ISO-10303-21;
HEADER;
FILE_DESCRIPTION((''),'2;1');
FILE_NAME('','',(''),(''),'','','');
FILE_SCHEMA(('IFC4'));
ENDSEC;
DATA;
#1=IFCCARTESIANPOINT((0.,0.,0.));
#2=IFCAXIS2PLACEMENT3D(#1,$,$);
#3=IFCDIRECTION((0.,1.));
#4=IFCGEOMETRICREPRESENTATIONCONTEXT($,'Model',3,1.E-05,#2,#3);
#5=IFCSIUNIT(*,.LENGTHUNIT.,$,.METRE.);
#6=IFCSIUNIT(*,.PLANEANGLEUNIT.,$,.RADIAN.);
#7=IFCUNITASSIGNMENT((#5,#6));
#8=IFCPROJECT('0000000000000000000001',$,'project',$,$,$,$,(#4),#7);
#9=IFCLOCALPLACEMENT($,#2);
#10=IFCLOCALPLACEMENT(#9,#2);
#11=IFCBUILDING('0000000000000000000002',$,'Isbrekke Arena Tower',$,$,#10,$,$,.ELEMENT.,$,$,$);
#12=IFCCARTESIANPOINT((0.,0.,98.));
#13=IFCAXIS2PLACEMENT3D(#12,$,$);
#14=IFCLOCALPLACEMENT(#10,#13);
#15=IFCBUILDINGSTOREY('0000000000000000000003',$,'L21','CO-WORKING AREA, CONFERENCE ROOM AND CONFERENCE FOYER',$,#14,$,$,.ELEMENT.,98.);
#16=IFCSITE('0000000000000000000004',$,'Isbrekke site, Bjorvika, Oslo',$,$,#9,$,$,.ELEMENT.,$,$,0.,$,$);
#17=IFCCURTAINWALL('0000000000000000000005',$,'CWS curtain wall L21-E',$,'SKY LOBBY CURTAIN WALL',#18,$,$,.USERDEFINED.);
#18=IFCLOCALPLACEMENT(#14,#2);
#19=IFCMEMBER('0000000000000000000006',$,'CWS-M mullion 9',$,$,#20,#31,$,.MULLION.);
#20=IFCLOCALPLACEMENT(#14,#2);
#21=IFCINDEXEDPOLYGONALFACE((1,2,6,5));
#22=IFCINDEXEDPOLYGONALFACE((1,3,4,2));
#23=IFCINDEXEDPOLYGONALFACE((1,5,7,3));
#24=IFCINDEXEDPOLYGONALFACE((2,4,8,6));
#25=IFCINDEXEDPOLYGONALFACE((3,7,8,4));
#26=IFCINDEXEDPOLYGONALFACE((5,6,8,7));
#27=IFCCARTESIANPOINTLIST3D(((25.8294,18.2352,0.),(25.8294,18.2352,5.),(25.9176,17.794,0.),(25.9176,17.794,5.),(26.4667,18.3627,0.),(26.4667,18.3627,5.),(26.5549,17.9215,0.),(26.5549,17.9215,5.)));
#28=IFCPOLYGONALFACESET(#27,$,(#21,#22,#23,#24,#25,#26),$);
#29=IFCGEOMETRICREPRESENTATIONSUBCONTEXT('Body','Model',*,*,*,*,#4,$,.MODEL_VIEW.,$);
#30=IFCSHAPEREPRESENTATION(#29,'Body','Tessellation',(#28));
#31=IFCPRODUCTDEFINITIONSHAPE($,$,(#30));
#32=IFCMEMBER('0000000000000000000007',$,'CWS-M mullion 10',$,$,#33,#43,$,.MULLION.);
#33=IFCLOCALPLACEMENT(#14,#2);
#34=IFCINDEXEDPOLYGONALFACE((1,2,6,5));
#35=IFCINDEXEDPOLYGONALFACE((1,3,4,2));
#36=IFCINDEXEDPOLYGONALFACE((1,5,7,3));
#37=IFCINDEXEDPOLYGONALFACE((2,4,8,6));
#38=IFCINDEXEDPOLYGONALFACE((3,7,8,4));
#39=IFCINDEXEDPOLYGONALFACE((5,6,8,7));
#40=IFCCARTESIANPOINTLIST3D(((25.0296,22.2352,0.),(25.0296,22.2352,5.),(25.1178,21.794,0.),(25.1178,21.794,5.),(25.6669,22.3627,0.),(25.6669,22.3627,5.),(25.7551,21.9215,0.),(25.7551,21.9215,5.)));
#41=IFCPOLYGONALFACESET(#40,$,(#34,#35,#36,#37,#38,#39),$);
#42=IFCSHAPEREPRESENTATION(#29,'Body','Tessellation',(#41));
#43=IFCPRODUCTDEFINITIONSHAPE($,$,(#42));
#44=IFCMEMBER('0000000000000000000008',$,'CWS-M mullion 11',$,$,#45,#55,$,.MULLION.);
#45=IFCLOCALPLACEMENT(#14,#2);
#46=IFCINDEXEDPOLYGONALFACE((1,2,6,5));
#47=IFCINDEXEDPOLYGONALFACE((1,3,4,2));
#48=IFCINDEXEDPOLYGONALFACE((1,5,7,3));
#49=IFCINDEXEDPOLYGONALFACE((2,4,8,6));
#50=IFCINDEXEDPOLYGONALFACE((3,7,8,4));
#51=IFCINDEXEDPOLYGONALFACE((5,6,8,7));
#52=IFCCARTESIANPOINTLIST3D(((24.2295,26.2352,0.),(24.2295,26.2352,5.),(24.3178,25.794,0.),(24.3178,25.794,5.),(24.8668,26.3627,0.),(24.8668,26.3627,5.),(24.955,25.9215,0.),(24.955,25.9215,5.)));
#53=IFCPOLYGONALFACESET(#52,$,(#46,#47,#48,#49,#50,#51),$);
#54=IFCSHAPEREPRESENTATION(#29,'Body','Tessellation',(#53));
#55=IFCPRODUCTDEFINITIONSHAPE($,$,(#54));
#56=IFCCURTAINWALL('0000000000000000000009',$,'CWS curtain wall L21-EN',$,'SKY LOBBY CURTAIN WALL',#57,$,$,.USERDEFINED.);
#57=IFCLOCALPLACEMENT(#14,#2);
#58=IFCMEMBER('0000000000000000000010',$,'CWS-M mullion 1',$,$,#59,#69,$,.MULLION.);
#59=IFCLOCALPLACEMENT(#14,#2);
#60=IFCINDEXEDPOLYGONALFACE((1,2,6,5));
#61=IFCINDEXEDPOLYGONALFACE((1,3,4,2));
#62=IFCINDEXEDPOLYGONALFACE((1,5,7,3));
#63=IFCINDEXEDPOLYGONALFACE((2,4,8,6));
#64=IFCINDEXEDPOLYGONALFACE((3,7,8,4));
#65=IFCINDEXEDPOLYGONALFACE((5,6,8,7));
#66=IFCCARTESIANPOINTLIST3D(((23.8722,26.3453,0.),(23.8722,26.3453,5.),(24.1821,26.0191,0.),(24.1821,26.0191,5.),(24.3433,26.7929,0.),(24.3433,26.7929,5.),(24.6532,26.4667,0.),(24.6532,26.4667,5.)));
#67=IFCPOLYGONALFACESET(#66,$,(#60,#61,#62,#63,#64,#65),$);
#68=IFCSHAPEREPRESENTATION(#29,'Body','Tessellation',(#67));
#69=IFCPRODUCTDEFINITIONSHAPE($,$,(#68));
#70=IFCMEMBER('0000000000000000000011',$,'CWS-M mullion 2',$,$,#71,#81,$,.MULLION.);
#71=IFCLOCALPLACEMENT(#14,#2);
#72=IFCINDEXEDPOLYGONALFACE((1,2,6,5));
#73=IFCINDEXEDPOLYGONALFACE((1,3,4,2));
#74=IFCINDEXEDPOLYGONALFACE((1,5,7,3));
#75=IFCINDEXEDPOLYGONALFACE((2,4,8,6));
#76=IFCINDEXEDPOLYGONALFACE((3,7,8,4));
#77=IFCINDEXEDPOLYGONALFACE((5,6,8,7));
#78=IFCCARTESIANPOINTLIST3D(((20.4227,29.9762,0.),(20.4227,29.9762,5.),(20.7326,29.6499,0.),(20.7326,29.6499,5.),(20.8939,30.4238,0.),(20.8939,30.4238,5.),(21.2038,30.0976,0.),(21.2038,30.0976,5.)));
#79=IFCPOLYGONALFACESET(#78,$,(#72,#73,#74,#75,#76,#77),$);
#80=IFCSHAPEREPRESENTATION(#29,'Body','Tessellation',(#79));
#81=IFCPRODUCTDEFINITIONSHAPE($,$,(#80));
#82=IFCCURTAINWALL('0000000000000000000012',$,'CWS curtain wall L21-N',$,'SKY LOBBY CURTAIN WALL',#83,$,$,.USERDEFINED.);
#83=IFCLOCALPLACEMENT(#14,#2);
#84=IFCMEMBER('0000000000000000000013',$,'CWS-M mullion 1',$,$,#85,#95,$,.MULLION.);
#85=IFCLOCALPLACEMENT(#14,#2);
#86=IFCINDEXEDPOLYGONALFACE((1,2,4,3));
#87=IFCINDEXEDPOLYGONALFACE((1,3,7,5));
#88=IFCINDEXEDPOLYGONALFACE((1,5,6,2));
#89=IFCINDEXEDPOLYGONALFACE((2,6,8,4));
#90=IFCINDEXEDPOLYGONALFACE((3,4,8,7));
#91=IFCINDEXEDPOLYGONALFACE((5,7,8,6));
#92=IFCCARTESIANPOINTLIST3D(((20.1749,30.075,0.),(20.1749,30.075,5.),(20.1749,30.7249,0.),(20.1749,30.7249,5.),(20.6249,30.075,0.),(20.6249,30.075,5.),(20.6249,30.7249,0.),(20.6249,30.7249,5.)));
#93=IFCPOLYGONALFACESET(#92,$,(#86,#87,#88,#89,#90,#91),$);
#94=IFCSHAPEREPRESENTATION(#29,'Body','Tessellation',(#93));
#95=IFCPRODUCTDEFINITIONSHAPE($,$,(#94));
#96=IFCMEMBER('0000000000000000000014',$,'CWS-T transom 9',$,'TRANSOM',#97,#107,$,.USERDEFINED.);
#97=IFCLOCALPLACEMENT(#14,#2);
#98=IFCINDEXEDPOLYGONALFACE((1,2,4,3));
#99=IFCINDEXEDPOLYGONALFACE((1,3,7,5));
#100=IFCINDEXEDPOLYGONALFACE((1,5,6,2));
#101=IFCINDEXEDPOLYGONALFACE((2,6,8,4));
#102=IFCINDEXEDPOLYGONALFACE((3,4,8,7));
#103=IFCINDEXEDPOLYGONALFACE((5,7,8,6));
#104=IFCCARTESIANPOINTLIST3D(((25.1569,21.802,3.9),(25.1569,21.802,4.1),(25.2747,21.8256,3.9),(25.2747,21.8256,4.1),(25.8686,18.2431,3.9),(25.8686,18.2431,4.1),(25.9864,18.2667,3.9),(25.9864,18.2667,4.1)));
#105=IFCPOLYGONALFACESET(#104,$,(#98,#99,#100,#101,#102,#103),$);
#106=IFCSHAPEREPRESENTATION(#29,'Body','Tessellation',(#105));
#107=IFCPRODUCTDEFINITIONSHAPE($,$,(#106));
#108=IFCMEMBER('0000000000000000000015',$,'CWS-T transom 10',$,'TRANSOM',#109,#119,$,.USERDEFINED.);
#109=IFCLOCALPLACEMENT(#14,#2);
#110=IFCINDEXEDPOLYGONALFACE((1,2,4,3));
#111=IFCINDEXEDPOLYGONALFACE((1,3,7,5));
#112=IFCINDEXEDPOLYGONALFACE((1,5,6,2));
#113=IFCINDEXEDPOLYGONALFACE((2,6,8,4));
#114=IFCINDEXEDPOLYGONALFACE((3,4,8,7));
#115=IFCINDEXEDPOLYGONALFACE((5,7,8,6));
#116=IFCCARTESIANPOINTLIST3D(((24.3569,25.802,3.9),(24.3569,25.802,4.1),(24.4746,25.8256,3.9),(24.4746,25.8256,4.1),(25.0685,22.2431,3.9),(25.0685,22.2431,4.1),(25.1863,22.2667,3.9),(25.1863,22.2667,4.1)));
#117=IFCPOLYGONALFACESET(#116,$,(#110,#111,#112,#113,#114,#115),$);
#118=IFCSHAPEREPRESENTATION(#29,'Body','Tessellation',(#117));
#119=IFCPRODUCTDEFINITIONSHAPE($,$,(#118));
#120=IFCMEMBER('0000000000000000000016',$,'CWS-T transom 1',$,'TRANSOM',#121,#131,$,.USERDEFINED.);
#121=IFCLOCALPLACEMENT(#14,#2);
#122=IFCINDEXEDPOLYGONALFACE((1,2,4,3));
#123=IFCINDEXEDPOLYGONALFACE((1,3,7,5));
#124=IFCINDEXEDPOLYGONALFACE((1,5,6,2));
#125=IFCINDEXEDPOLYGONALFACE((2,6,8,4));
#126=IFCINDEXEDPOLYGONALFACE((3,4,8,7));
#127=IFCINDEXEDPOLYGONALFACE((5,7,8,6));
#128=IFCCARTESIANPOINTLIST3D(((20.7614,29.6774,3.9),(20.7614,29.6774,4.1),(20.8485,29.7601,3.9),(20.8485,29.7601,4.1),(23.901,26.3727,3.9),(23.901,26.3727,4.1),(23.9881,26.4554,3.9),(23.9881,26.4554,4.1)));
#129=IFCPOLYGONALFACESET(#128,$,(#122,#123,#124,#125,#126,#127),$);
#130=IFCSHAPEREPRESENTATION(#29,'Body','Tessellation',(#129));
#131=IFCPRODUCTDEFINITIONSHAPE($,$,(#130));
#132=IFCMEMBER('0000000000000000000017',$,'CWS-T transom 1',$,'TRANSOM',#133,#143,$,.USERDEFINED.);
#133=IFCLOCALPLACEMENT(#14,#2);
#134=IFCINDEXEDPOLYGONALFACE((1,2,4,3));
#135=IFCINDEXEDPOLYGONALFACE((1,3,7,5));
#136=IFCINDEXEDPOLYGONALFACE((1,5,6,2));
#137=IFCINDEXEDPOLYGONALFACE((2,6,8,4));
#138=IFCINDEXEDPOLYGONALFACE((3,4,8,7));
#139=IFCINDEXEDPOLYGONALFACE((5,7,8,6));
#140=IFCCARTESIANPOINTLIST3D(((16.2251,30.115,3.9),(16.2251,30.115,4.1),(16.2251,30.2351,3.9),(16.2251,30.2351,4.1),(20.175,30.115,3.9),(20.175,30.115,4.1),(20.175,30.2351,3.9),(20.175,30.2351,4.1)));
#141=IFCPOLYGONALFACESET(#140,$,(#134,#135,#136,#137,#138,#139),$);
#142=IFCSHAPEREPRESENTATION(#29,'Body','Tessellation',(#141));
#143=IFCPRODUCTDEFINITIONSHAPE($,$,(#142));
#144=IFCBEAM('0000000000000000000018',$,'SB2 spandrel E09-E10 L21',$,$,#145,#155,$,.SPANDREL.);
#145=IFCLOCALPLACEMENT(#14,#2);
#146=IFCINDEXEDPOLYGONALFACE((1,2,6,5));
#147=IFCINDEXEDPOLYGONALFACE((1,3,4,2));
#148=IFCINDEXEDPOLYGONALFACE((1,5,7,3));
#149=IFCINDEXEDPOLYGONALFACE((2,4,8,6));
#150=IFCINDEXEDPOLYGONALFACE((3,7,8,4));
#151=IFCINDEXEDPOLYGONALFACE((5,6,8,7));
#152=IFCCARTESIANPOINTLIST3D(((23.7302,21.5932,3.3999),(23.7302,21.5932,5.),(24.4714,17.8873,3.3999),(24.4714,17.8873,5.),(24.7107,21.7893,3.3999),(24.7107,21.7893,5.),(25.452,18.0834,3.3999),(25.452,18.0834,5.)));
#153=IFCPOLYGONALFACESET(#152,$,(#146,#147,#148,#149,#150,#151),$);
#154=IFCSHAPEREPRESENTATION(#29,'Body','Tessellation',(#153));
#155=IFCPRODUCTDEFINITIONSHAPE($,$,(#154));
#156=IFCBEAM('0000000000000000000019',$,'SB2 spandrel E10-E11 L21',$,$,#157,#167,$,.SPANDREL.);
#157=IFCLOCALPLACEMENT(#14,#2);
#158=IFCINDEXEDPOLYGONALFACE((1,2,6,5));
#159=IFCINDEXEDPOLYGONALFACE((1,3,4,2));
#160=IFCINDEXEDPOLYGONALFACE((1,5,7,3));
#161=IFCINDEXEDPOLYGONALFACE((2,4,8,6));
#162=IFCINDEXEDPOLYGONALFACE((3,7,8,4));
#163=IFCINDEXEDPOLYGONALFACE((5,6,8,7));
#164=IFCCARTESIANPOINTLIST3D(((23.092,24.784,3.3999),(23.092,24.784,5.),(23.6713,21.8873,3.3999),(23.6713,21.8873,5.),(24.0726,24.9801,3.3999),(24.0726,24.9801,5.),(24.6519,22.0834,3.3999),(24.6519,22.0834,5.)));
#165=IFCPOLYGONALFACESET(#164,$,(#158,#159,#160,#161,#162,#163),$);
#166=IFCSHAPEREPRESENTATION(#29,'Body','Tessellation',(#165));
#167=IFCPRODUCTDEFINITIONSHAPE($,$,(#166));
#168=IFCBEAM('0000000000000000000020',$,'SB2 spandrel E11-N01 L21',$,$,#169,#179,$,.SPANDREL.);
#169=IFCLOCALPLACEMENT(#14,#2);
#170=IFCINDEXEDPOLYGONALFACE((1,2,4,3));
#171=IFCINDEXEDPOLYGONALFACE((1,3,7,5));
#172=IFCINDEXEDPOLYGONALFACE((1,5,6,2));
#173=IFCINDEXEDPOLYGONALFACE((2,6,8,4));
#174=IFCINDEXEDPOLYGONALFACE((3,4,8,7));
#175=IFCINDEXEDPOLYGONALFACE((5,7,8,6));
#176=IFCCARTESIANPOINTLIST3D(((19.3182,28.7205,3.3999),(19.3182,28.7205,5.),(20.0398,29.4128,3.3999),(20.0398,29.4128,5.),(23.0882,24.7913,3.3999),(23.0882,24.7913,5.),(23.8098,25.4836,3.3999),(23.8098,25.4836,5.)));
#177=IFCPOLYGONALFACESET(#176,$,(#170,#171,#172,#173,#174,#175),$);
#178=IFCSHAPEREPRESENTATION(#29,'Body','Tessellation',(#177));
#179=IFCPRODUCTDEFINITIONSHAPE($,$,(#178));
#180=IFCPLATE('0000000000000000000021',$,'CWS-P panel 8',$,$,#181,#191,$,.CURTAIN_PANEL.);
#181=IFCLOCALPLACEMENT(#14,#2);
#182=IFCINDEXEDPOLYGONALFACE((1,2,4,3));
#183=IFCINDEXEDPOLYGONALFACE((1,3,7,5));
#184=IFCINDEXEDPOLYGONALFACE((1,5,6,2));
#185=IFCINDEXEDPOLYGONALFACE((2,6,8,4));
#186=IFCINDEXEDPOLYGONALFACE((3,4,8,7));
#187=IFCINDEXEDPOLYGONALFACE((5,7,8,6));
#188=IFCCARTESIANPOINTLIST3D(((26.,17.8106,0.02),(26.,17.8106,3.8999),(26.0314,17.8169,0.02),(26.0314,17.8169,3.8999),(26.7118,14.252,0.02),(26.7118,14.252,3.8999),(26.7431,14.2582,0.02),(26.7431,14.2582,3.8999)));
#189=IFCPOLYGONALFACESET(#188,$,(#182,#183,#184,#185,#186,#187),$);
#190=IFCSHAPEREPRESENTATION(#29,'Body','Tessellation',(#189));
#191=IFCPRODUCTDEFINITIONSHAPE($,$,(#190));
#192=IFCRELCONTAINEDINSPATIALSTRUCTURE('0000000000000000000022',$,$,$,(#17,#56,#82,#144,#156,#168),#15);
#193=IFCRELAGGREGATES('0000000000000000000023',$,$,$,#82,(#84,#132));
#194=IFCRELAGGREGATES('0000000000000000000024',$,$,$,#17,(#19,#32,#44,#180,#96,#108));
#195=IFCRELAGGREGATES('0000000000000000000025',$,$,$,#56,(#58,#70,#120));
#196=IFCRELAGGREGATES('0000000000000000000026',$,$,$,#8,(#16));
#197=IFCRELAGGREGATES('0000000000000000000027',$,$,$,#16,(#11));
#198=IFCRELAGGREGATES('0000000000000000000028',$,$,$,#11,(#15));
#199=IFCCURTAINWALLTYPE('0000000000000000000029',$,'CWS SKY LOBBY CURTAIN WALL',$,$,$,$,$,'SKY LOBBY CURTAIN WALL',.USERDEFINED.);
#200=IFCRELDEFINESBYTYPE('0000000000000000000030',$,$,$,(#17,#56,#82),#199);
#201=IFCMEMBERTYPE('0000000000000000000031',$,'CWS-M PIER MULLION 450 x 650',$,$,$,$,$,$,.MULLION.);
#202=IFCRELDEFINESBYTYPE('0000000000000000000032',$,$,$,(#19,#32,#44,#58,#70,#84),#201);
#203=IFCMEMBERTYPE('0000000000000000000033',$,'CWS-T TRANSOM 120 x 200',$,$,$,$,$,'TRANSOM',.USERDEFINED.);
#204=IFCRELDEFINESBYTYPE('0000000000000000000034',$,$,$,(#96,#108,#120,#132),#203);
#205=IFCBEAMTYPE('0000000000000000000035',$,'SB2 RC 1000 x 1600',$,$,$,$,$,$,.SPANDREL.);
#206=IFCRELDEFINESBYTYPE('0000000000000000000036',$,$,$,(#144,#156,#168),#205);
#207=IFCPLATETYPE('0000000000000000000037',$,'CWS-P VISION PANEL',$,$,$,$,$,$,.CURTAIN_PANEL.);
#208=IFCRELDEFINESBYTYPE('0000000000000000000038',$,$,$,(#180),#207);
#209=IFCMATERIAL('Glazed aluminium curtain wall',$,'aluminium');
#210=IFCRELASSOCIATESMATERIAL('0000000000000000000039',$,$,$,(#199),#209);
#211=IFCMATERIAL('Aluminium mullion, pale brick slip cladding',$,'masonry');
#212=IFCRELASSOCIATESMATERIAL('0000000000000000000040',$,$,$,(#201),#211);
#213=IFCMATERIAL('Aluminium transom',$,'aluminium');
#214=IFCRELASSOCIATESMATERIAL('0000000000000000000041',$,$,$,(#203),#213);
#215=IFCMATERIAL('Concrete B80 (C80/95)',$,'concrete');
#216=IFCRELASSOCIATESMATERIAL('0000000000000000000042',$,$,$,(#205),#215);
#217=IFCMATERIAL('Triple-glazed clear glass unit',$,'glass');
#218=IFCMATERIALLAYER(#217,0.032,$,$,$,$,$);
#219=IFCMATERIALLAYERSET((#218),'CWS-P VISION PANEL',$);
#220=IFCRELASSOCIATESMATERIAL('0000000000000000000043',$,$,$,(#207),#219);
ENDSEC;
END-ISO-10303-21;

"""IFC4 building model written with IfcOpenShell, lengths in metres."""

from ifc_helpers import new_model, si_unit, direction, frame, origin, origin_2d, place, context, subcontext, project, spatial, rectangle, extrude, material, layer, layer_set, material_profile, profile_set, type_object, element, aggregate, save


model = new_model("IFC4")

# Units and contexts
model_context = context("Model", 3, precision=1e-05, world=origin(), true_north=direction((0.0, 1.0)))
body_context = subcontext(model_context, "Body", "Model", "MODEL_VIEW")
ifc_project = project(units=[si_unit("LENGTHUNIT", "METRE"), si_unit("PLANEANGLEUNIT", "RADIAN")], contexts=[model_context])

# Site, building, storey
site_placement = place(None, origin())
site = spatial("IfcSite", under=ifc_project, at=site_placement, Name="Isbrekke site, Bjorvika, Oslo", CompositionType="ELEMENT", RefElevation=0.0)
building_placement = place(site_placement, origin())
building = spatial("IfcBuilding", under=site, at=building_placement, Name="Isbrekke Arena Tower", CompositionType="ELEMENT")
storey_placement = place(building_placement, frame((0.0, 0.0, 98.0)))
storey = spatial("IfcBuildingStorey", under=building, at=storey_placement, Name="L21", Description="CO-WORKING AREA, CONFERENCE ROOM AND CONFERENCE FOYER", CompositionType="ELEMENT", Elevation=98.0)

# Curtain walls, members
ifc_material_1 = material(Name="Glazed aluminium curtain wall", Category="aluminium")
curtain_wall_type = type_object("IfcCurtainWallType", Name="CWS SKY LOBBY CURTAIN WALL", ElementType="SKY LOBBY CURTAIN WALL", PredefinedType="USERDEFINED", material=ifc_material_1)
curtain_wall_1_placement = place(storey_placement, origin())
curtain_wall_1 = element("IfcCurtainWall", 1, at=curtain_wall_1_placement, inside=storey, type_object=curtain_wall_type, Name="CWS curtain wall L21-E", ObjectType="SKY LOBBY CURTAIN WALL", PredefinedType="USERDEFINED")
ifc_material_2 = material(Name="Aluminium mullion, pale brick slip cladding", Category="masonry")
ifc_material_profile_1 = material_profile(ifc_material_2, rectangle(XDim=0.45, YDim=0.6499, at=origin_2d()), Name="PIER 450X650")
ifc_profile_set_1 = profile_set([ifc_material_profile_1], Name="Aluminium mullion, pale brick slip cladding")
member_type_1 = type_object("IfcMemberType", Name="CWS-M PIER MULLION 450 x 650", PredefinedType="MULLION", material=ifc_profile_set_1)
member_1_placement = place(storey_placement, frame((26.1921, 18.0784, 0.0), z_axis=(0.0, 0.0, 1.0), x_axis=(-0.196116, 0.980581, 0.0)))
member_1 = element("IfcMember", 2, at=member_1_placement, type_object=member_type_1, Name="CWS-M mullion 9", PredefinedType="MULLION", context=body_context, shape_type="SweptSolid", body=[
    extrude(rectangle(XDim=0.45, YDim=0.6499, at=origin_2d()), origin(), (0.0, 0.0, 1.0), 5.0),
])
member_2_placement = place(storey_placement, frame((25.3923, 22.0784, 0.0), z_axis=(0.0, 0.0, 1.0), x_axis=(-0.196116, 0.980581, 0.0)))
member_2 = element("IfcMember", 3, at=member_2_placement, type_object=member_type_1, Name="CWS-M mullion 10", PredefinedType="MULLION", context=body_context, shape_type="SweptSolid", body=[
    extrude(rectangle(XDim=0.45, YDim=0.6499, at=origin_2d()), origin(), (0.0, 0.0, 1.0), 5.0),
])
member_3_placement = place(storey_placement, frame((24.5923, 26.0784, 0.0), z_axis=(0.0, 0.0, 1.0), x_axis=(-0.196116, 0.980581, 0.0)))
member_3 = element("IfcMember", 4, at=member_3_placement, type_object=member_type_1, Name="CWS-M mullion 11", PredefinedType="MULLION", context=body_context, shape_type="SweptSolid", body=[
    extrude(rectangle(XDim=0.45, YDim=0.6499, at=origin_2d()), origin(), (0.0, 0.0, 1.0), 5.0),
])
curtain_wall_2_placement = place(storey_placement, origin())
curtain_wall_2 = element("IfcCurtainWall", 5, at=curtain_wall_2_placement, inside=storey, type_object=curtain_wall_type, Name="CWS curtain wall L21-EN", ObjectType="SKY LOBBY CURTAIN WALL", PredefinedType="USERDEFINED")
member_4_placement = place(storey_placement, frame((24.2627, 26.406, 0.0), z_axis=(0.0, 0.0, 1.0), x_axis=(-0.688749, 0.724999, 0.0)))
member_4 = element("IfcMember", 6, at=member_4_placement, type_object=member_type_1, Name="CWS-M mullion 1", PredefinedType="MULLION", context=body_context, shape_type="SweptSolid", body=[
    extrude(rectangle(XDim=0.45, YDim=0.6499, at=origin_2d()), origin(), (0.0, 0.0, 1.0), 5.0),
])
member_5_placement = place(storey_placement, frame((20.8132, 30.0369, 0.0), z_axis=(0.0, 0.0, 1.0), x_axis=(-0.688749, 0.724999, 0.0)))
member_5 = element("IfcMember", 7, at=member_5_placement, type_object=member_type_1, Name="CWS-M mullion 2", PredefinedType="MULLION", context=body_context, shape_type="SweptSolid", body=[
    extrude(rectangle(XDim=0.45, YDim=0.6499, at=origin_2d()), origin(), (0.0, 0.0, 1.0), 5.0),
])

# Curtain wall, member
curtain_wall_3_placement = place(storey_placement, origin())
curtain_wall_3 = element("IfcCurtainWall", 8, at=curtain_wall_3_placement, inside=storey, type_object=curtain_wall_type, Name="CWS curtain wall L21-N", ObjectType="SKY LOBBY CURTAIN WALL", PredefinedType="USERDEFINED")
member_6_placement = place(storey_placement, frame((20.3999, 30.3999, 0.0), z_axis=(0.0, 0.0, 1.0), x_axis=(-1.0, 0.0, 0.0)))
member_6 = element("IfcMember", 9, at=member_6_placement, type_object=member_type_1, Name="CWS-M mullion 1", PredefinedType="MULLION", context=body_context, shape_type="SweptSolid", body=[
    extrude(rectangle(XDim=0.45, YDim=0.6499, at=origin_2d()), origin(), (0.0, 0.0, 1.0), 5.0),
])

# Members
ifc_material_3 = material(Name="Aluminium transom", Category="aluminium")
ifc_material_profile_2 = material_profile(ifc_material_3, rectangle(XDim=0.1201, YDim=0.2, at=origin_2d()), Name="TRANSOM 120X200")
ifc_profile_set_2 = profile_set([ifc_material_profile_2], Name="Aluminium transom")
member_type_2 = type_object("IfcMemberType", Name="CWS-T TRANSOM 120 x 200", ElementType="TRANSOM", PredefinedType="USERDEFINED", material=ifc_profile_set_2)
member_7_placement = place(storey_placement, frame((25.9275, 18.2549, 4.0), z_axis=(-0.19609, 0.980586, 0.0), x_axis=(-0.980586, -0.19609, 0.0)))
member_7 = element("IfcMember", 10, at=member_7_placement, type_object=member_type_2, Name="CWS-T transom 9", ObjectType="TRANSOM", PredefinedType="USERDEFINED", context=body_context, shape_type="SweptSolid", body=[
    extrude(rectangle(XDim=0.1201, YDim=0.2, at=origin_2d()), origin(), (0.0, 0.0, 1.0), 3.6294),
])
member_8_placement = place(storey_placement, frame((25.1274, 22.2549, 4.0), z_axis=(-0.19609, 0.980586, 0.0), x_axis=(-0.980586, -0.19609, 0.0)))
member_8 = element("IfcMember", 11, at=member_8_placement, type_object=member_type_2, Name="CWS-T transom 10", ObjectType="TRANSOM", PredefinedType="USERDEFINED", context=body_context, shape_type="SweptSolid", body=[
    extrude(rectangle(XDim=0.1201, YDim=0.2, at=origin_2d()), origin(), (0.0, 0.0, 1.0), 3.6294),
])
member_9_placement = place(storey_placement, frame((23.9446, 26.4141, 4.0), z_axis=(-0.688772, 0.724978, 0.0), x_axis=(-0.724978, -0.688772, 0.0)))
member_9 = element("IfcMember", 12, at=member_9_placement, type_object=member_type_2, Name="CWS-T transom 1", ObjectType="TRANSOM", PredefinedType="USERDEFINED", context=body_context, shape_type="SweptSolid", body=[
    extrude(rectangle(XDim=0.1201, YDim=0.2, at=origin_2d()), origin(), (0.0, 0.0, 1.0), 4.5583),
])
member_10_placement = place(storey_placement, frame((20.175, 30.175, 4.0), z_axis=(-1.0, 0.0, 0.0), x_axis=(0.0, -1.0, 0.0)))
member_10 = element("IfcMember", 13, at=member_10_placement, type_object=member_type_2, Name="CWS-T transom 1", ObjectType="TRANSOM", PredefinedType="USERDEFINED", context=body_context, shape_type="SweptSolid", body=[
    extrude(rectangle(XDim=0.1201, YDim=0.2, at=origin_2d()), origin(), (0.0, 0.0, 1.0), 3.95),
])
aggregate(curtain_wall_3, [member_6, member_10])

# Beams
ifc_material_4 = material(Name="Concrete B80 (C80/95)", Category="concrete")
ifc_material_profile_3 = material_profile(ifc_material_4, rectangle(XDim=1.0, YDim=1.6001, at=origin_2d()), Name="RC 1000x1600")
ifc_profile_set_3 = profile_set([ifc_material_profile_3], Name="Concrete B80 (C80/95)")
beam_type_1 = type_object("IfcBeamType", Name="SB2 RC 1000 x 1600", PredefinedType="SPANDREL", material=ifc_profile_set_3)
beam_1_placement = place(storey_placement, frame((24.9617, 17.9854, 4.2), z_axis=(-0.196129, 0.980578, 0.0), x_axis=(-0.980578, -0.196129, 0.0)))
element("IfcBeam", 14, at=beam_1_placement, inside=storey, type_object=beam_type_1, Name="SB2 spandrel E09-E10 L21", PredefinedType="SPANDREL", context=body_context, shape_type="SweptSolid", body=[
    extrude(rectangle(XDim=1.0, YDim=1.6001, at=origin_2d()), origin(), (0.0, 0.0, 1.0), 3.7793),
])
beam_2_placement = place(storey_placement, frame((24.1616, 21.9854, 4.2), z_axis=(-0.196116, 0.980581, 0.0), x_axis=(-0.980581, -0.196116, 0.0)))
element("IfcBeam", 15, at=beam_2_placement, inside=storey, type_object=beam_type_1, Name="SB2 spandrel E10-E11 L21", PredefinedType="SPANDREL", context=body_context, shape_type="SweptSolid", body=[
    extrude(rectangle(XDim=1.0, YDim=1.6001, at=origin_2d()), origin(), (0.0, 0.0, 1.0), 2.9541),
])
beam_3_placement = place(storey_placement, frame((23.449, 25.1375, 4.2), z_axis=(-0.69234, 0.721572, 0.0), x_axis=(-0.721572, -0.69234, 0.0)))
element("IfcBeam", 16, at=beam_3_placement, inside=storey, type_object=beam_type_1, Name="SB2 spandrel E11-N01 L21", PredefinedType="SPANDREL", context=body_context, shape_type="SweptSolid", body=[
    extrude(rectangle(XDim=1.0, YDim=1.6001, at=origin_2d()), origin(), (0.0, 0.0, 1.0), 5.4453),
])

# Plate
ifc_material_5 = material(Name="Triple-glazed clear glass unit", Category="glass")
ifc_layer_1 = layer(ifc_material_5, 0.032)
ifc_layer_set_1 = layer_set([ifc_layer_1], Name="CWS-P VISION PANEL")
plate_type = type_object("IfcPlateType", Name="CWS-P VISION PANEL", PredefinedType="CURTAIN_PANEL", material=ifc_layer_set_1)
plate_1_placement = place(storey_placement, frame((26.3716, 16.0344, 0.02), z_axis=(0.0, 0.0, 1.0), x_axis=(-0.196116, 0.980581, 0.0)))
plate_1 = element("IfcPlate", 17, at=plate_1_placement, type_object=plate_type, Name="CWS-P panel 8", PredefinedType="CURTAIN_PANEL", context=body_context, shape_type="SweptSolid", body=[
    extrude(rectangle(XDim=3.6292, YDim=0.032, at=origin_2d()), origin(), (0.0, 0.0, 1.0), 3.8799),
])
aggregate(curtain_wall_1, [member_1, member_2, member_3, plate_1, member_7, member_8])
aggregate(curtain_wall_2, [member_4, member_5, member_9])

save(model, "model.ifc")
